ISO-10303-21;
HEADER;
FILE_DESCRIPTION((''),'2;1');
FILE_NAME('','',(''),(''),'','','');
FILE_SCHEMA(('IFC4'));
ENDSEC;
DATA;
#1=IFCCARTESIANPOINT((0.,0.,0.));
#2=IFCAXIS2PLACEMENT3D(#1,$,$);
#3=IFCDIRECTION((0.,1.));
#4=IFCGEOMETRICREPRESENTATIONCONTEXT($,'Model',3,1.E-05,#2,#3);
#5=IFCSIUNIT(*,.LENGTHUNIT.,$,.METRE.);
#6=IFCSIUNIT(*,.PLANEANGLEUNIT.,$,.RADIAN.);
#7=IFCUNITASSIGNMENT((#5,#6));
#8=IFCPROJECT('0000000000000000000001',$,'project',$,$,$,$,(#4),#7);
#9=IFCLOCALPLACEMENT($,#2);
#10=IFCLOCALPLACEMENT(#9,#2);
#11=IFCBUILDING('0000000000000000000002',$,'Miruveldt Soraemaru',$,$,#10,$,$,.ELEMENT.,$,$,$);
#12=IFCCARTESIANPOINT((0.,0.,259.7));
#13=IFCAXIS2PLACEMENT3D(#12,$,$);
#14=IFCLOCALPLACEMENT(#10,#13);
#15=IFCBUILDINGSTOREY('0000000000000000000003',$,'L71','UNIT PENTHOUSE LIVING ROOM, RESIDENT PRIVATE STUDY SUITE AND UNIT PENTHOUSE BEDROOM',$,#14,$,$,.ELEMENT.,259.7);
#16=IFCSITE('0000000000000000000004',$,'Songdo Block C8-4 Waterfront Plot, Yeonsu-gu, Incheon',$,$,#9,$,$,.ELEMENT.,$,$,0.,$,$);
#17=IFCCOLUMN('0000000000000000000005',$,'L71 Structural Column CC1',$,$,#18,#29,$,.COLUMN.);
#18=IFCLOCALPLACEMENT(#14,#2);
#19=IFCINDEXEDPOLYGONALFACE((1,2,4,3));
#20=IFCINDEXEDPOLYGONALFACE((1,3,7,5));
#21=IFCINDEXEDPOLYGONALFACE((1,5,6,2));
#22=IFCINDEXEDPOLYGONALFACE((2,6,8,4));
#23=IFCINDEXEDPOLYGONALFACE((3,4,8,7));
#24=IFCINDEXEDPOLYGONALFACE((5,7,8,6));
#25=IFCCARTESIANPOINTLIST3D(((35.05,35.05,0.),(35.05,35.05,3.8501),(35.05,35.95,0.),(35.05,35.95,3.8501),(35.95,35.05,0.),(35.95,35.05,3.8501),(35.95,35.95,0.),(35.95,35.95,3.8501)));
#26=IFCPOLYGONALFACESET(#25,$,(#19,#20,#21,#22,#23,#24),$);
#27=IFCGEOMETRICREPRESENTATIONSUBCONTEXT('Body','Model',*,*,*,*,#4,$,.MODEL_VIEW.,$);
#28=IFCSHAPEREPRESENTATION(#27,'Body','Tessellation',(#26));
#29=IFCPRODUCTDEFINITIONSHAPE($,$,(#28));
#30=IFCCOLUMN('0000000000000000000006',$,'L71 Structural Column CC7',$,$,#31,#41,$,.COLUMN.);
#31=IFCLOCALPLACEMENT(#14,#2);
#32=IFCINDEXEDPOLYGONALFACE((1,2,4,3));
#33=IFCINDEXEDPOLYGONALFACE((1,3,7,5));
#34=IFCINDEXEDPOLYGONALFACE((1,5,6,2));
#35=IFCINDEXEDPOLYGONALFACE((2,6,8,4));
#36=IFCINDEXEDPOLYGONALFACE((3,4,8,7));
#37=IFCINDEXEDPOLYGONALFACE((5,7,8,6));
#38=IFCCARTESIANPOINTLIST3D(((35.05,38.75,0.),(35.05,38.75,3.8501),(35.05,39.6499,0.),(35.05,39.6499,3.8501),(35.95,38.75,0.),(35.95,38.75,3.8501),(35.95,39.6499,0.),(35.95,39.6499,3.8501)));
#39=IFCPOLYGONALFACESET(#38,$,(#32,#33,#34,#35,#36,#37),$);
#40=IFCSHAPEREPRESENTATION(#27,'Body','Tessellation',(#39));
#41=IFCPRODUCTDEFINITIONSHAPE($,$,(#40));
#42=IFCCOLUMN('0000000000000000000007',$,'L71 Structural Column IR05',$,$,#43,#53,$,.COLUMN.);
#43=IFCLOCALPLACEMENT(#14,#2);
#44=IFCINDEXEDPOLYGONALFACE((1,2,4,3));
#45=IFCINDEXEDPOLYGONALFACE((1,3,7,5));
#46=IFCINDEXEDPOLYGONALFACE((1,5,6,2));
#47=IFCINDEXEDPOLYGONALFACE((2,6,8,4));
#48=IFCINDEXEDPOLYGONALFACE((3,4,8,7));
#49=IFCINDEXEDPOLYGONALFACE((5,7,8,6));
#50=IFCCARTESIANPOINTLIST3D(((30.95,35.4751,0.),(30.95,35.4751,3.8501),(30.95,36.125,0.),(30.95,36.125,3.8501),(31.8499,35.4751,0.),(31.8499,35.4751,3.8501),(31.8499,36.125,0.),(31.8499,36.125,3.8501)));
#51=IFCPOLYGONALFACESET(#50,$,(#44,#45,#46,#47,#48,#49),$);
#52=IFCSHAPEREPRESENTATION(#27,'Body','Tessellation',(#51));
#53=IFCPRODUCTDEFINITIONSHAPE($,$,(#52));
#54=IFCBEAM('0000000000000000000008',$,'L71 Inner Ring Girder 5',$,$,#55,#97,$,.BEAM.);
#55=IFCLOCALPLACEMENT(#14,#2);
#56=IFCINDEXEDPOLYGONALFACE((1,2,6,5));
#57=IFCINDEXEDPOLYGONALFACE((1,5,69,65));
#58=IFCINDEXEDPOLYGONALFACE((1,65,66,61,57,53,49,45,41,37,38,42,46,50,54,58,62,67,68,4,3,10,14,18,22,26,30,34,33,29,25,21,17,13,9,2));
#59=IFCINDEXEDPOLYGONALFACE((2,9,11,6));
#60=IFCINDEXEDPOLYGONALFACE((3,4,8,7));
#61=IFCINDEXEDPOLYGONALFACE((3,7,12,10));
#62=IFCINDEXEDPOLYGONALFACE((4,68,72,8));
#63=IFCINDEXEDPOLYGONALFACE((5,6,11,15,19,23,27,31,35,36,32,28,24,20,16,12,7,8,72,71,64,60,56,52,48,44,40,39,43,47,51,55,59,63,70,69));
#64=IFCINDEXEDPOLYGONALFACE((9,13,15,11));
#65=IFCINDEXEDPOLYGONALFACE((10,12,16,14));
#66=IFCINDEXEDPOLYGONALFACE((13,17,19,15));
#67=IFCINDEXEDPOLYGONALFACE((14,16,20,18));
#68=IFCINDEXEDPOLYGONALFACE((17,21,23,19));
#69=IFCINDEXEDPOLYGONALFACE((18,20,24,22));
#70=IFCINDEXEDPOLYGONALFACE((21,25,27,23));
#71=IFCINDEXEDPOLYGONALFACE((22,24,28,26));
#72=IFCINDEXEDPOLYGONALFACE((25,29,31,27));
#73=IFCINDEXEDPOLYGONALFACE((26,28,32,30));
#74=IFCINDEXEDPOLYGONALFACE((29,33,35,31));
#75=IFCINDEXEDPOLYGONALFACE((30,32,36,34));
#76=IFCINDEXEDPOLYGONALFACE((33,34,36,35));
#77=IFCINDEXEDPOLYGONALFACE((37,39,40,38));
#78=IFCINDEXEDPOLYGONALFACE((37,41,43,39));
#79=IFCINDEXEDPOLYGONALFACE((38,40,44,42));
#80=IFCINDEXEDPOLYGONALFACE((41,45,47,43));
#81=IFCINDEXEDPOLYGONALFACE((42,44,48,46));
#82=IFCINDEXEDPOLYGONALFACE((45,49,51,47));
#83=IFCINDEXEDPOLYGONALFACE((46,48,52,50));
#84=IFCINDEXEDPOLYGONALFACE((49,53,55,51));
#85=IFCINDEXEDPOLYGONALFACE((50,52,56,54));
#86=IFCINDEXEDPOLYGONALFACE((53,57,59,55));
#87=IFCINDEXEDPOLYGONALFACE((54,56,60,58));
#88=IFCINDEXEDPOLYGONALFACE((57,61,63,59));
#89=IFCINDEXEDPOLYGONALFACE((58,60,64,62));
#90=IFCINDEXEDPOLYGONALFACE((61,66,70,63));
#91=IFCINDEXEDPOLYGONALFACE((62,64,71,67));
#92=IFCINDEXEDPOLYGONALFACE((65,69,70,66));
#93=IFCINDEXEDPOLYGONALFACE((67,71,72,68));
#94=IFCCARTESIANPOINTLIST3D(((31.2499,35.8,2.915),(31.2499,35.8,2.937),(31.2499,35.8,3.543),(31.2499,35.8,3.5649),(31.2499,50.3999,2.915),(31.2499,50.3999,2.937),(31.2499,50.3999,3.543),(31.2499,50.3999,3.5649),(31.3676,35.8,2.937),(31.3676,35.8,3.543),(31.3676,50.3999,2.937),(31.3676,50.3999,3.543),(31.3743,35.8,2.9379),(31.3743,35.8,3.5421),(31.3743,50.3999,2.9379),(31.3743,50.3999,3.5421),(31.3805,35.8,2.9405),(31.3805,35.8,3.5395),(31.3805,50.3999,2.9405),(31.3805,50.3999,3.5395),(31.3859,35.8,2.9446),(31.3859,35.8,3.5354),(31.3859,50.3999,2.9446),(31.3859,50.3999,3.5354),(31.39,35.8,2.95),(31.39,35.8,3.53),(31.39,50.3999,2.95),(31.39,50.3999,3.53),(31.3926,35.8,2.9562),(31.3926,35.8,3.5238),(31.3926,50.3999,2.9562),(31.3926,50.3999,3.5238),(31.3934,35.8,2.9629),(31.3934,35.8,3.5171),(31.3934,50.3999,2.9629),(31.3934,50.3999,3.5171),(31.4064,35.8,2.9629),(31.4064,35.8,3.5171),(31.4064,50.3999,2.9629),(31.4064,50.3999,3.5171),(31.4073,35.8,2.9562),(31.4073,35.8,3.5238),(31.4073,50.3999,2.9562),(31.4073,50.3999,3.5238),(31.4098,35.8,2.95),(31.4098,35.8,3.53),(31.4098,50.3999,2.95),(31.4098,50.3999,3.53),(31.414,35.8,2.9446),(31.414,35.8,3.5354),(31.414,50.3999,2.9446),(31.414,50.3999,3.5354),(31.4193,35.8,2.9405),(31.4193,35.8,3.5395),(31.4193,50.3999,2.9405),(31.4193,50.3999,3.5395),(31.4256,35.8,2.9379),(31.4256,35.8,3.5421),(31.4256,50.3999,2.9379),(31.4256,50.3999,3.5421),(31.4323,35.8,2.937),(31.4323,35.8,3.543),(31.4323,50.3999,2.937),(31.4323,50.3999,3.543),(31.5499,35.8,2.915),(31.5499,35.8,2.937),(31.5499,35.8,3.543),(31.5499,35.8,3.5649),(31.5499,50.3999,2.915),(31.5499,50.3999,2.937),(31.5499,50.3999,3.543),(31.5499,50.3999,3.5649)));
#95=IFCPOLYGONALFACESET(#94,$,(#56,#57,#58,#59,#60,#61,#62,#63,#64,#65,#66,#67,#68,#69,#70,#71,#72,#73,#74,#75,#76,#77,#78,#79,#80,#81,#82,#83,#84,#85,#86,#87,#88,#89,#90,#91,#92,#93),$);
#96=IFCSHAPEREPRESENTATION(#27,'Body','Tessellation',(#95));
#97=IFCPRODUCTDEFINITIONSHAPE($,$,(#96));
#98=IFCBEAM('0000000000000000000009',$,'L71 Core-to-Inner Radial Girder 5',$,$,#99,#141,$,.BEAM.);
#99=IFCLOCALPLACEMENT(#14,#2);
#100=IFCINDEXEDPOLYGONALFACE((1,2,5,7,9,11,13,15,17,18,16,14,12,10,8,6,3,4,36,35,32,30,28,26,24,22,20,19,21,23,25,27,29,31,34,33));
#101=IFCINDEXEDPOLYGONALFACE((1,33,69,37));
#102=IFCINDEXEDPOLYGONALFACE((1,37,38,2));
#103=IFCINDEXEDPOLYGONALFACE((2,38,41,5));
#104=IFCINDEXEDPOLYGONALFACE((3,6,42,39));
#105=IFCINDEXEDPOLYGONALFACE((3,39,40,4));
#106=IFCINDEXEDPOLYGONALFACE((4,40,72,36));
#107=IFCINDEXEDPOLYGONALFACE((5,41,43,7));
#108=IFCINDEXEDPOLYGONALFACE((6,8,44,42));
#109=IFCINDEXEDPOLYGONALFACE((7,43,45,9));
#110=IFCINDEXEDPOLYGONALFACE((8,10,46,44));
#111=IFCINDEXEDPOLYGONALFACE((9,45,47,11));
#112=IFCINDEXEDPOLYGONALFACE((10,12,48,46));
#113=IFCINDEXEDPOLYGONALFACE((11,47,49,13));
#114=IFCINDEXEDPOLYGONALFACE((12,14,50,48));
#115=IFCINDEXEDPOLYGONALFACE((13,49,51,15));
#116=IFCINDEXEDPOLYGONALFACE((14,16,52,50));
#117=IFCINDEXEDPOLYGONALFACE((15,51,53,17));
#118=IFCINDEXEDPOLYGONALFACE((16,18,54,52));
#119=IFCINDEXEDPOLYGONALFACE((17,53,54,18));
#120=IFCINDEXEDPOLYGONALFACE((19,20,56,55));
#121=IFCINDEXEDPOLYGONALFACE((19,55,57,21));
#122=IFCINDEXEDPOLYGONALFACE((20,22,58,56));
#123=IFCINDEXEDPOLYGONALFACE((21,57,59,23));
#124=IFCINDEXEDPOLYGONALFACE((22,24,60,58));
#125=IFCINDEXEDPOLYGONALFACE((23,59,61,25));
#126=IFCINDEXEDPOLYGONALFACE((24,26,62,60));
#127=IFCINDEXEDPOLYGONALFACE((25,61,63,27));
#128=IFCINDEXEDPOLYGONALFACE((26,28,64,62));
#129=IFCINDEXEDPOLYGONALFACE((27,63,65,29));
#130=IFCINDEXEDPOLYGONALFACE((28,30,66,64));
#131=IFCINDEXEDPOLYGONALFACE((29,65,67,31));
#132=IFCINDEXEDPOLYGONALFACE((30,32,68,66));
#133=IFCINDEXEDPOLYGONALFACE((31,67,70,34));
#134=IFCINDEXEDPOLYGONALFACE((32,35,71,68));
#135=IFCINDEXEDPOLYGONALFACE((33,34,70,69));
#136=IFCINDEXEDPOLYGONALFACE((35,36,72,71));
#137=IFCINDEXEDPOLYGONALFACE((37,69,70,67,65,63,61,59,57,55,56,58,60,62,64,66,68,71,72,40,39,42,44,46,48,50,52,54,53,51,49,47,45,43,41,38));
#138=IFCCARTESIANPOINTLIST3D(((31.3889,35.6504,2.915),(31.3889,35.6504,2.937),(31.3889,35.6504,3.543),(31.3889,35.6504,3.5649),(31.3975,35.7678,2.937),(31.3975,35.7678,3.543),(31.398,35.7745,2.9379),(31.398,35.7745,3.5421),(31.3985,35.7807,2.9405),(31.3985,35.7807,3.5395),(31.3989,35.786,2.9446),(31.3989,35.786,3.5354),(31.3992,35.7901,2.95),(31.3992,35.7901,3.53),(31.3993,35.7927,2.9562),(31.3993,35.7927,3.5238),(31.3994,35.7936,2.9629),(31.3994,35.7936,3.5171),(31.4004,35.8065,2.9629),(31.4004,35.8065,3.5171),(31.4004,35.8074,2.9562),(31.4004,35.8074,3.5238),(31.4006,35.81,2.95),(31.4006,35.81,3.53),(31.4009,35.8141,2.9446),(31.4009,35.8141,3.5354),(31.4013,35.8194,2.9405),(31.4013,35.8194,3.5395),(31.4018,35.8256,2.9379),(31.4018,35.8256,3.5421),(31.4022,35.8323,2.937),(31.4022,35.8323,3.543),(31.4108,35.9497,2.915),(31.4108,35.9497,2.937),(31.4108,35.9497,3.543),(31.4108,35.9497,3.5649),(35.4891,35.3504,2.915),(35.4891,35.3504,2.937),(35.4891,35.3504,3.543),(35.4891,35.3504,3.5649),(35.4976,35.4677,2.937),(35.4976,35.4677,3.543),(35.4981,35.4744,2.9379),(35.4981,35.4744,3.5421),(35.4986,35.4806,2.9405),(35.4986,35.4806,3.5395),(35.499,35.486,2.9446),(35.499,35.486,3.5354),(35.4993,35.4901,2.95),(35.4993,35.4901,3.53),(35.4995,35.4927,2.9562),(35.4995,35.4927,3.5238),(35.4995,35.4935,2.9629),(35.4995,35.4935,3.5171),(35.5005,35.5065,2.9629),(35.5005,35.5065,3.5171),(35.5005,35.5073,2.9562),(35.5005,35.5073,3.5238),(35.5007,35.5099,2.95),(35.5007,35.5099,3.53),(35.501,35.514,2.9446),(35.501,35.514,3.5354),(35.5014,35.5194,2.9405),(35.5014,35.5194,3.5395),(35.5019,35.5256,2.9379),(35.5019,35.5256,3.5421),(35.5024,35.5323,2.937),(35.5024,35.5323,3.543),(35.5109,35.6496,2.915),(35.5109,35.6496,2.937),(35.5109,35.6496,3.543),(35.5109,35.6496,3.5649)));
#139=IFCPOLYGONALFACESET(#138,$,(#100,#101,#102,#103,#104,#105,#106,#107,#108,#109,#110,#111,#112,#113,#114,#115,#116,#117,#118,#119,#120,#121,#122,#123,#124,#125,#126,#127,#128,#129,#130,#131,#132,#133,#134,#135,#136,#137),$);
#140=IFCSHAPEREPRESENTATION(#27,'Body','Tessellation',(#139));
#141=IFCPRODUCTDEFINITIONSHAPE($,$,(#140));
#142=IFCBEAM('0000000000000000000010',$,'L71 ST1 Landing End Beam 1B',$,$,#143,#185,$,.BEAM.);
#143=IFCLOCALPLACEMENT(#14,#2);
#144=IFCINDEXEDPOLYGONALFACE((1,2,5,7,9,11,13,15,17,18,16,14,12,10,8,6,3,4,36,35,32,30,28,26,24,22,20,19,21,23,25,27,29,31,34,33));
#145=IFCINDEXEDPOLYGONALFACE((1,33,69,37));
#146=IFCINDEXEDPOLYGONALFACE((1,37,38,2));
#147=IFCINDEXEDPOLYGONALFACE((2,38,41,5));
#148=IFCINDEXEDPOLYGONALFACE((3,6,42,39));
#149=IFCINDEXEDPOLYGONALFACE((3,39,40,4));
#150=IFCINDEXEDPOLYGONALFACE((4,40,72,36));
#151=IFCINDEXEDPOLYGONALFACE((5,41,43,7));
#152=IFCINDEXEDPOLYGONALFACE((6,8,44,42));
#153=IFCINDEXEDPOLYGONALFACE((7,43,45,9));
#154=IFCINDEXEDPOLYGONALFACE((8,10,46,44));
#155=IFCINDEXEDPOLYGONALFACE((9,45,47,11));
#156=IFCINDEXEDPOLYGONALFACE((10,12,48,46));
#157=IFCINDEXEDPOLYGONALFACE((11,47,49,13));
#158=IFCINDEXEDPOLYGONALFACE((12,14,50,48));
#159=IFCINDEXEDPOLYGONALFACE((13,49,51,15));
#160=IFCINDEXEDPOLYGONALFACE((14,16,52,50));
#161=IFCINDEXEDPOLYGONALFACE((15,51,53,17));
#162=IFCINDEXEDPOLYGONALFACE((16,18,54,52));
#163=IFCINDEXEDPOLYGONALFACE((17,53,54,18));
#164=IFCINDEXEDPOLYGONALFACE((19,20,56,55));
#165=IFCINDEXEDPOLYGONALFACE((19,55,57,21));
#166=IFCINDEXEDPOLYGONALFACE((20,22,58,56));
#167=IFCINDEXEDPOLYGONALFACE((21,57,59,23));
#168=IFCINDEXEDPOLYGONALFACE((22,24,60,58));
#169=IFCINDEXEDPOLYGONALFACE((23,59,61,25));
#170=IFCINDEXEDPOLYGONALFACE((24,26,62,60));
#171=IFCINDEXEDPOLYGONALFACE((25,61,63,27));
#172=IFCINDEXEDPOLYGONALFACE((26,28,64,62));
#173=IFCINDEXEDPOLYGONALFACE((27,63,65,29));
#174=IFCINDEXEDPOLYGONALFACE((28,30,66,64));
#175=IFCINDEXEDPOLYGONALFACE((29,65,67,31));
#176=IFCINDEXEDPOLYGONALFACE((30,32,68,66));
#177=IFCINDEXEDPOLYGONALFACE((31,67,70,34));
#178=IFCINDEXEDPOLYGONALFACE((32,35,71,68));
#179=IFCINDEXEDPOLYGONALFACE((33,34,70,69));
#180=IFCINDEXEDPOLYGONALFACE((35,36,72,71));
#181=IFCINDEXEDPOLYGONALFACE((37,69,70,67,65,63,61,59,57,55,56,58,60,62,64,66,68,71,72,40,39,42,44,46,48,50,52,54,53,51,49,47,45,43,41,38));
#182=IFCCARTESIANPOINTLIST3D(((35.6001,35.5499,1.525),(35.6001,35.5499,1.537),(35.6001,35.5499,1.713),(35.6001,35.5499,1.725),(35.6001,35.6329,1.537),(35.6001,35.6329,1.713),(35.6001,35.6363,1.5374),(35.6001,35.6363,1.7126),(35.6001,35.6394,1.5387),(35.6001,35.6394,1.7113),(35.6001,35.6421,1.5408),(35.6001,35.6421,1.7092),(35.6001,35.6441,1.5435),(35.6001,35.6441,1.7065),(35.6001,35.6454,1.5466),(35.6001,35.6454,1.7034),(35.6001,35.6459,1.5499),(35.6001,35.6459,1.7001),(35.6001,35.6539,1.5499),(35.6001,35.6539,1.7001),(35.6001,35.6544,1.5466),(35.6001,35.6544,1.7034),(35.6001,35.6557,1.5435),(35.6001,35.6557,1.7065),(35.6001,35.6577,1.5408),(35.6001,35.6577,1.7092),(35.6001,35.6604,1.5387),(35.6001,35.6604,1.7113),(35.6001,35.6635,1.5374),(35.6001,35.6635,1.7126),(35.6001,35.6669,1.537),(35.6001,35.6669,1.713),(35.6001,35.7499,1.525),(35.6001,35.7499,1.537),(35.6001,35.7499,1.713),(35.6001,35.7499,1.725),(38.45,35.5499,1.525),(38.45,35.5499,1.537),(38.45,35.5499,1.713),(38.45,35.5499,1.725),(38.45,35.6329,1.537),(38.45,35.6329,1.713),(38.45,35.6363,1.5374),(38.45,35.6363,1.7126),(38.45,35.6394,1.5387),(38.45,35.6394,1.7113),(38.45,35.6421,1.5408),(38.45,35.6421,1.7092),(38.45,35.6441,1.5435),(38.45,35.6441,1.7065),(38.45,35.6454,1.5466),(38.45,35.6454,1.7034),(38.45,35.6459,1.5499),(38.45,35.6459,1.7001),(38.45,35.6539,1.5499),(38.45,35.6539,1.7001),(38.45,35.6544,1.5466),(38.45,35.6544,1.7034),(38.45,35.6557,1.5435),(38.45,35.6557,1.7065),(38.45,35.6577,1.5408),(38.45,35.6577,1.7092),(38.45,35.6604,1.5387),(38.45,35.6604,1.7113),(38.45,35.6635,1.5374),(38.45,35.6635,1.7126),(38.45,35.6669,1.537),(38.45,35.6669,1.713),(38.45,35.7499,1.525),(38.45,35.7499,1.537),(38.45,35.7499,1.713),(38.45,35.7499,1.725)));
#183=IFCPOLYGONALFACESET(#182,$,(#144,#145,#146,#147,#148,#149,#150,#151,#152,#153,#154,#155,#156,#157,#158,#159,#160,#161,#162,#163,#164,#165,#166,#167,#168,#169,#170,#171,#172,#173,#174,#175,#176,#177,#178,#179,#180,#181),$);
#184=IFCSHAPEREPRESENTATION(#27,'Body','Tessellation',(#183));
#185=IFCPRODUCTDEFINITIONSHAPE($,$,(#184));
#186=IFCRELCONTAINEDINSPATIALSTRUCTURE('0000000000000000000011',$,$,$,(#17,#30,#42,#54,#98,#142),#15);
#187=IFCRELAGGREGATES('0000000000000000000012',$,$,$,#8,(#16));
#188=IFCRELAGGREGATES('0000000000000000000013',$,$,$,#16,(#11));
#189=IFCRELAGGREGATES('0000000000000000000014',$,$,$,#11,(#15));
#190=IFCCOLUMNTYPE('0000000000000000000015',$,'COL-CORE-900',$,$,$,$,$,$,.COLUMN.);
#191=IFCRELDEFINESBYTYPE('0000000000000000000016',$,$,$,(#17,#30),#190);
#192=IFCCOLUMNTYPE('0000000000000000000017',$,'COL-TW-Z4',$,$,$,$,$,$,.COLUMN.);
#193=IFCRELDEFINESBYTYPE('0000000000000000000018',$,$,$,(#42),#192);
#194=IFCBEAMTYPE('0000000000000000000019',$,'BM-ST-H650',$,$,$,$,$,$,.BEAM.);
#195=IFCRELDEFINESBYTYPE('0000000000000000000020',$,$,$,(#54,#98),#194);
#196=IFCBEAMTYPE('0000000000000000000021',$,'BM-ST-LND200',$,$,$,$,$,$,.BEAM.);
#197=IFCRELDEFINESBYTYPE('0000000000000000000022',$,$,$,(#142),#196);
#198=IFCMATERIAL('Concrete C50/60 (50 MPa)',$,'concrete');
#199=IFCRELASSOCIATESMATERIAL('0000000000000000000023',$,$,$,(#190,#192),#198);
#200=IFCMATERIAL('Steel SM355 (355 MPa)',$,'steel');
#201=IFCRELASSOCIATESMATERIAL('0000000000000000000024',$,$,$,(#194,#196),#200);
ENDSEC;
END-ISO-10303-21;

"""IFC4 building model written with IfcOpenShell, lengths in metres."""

from ifc_helpers import new_model, si_unit, direction, frame, origin, origin_2d, place, context, subcontext, project, spatial, rectangle, i_section, extrude, material, material_profile, profile_set, type_object, element, save


model = new_model("IFC4")

# Units and contexts
model_context = context("Model", 3, precision=1e-05, world=origin(), true_north=direction((0.0, 1.0)))
body_context = subcontext(model_context, "Body", "Model", "MODEL_VIEW")
ifc_project = project(units=[si_unit("LENGTHUNIT", "METRE"), si_unit("PLANEANGLEUNIT", "RADIAN")], contexts=[model_context])

# Site, building, storey
site_placement = place(None, origin())
site = spatial("IfcSite", under=ifc_project, at=site_placement, Name="Songdo Block C8-4 Waterfront Plot, Yeonsu-gu, Incheon", CompositionType="ELEMENT", RefElevation=0.0)
building_placement = place(site_placement, origin())
building = spatial("IfcBuilding", under=site, at=building_placement, Name="Miruveldt Soraemaru", CompositionType="ELEMENT")
storey_placement = place(building_placement, frame((0.0, 0.0, 259.7)))
storey = spatial("IfcBuildingStorey", under=building, at=storey_placement, Name="L71", Description="UNIT PENTHOUSE LIVING ROOM, RESIDENT PRIVATE STUDY SUITE AND UNIT PENTHOUSE BEDROOM", CompositionType="ELEMENT", Elevation=259.7)

# Columns
ifc_material_1 = material(Name="Concrete C50/60 (50 MPa)", Category="concrete")
ifc_material_profile_1 = material_profile(ifc_material_1, rectangle(XDim=0.8999, YDim=0.8999, at=origin_2d()), Name="Concrete C50/60 (50 MPa)", Category="concrete")
ifc_profile_set_1 = profile_set([ifc_material_profile_1], Name="Concrete C50/60 (50 MPa)")
column_type_1 = type_object("IfcColumnType", Name="COL-CORE-900", PredefinedType="COLUMN", material=ifc_profile_set_1)
for number, where, z_axis, x_axis, name in (
    (1, (35.5, 35.5, 0.0), (0.0, 0.0, 1.0), (1.0, 0.0, 0.0), "L71 Structural Column CC1"),
    (2, (35.5, 39.2, 0.0), (0.0, 0.0, 1.0), (1.0, 0.0, 0.0), "L71 Structural Column CC7"),
):
    element("IfcColumn", number, at=place(storey_placement, frame(where, z_axis=z_axis, x_axis=x_axis)), inside=storey, type_object=column_type_1, Name=name, PredefinedType="COLUMN", context=body_context, shape_type="SweptSolid", body=[
        extrude(rectangle(XDim=0.8999, YDim=0.8999, at=origin_2d()), origin(), (0.0, 0.0, 1.0), 3.8501),
    ])
ifc_material_profile_2 = material_profile(ifc_material_1, rectangle(XDim=0.8999, YDim=0.6499, at=origin_2d()), Name="Concrete C50/60 (50 MPa)", Category="concrete")
ifc_profile_set_2 = profile_set([ifc_material_profile_2], Name="Concrete C50/60 (50 MPa)")
column_type_2 = type_object("IfcColumnType", Name="COL-TW-Z4", PredefinedType="COLUMN", material=ifc_profile_set_2)
column_placement = place(storey_placement, frame((31.3999, 35.8, 0.0), z_axis=(0.0, 0.0, 1.0), x_axis=(1.0, 0.0, 0.0)))
element("IfcColumn", 3, at=column_placement, inside=storey, type_object=column_type_2, Name="L71 Structural Column IR05", PredefinedType="COLUMN", context=body_context, shape_type="SweptSolid", body=[
    extrude(rectangle(XDim=0.8999, YDim=0.6499, at=origin_2d()), origin(), (0.0, 0.0, 1.0), 3.8501),
])

# Beams
ifc_material_2 = material(Name="Steel SM355 (355 MPa)", Category="steel")
ifc_material_profile_3 = material_profile(ifc_material_2, i_section(OverallWidth=0.3, OverallDepth=0.6499, WebThickness=0.0129, FlangeThickness=0.022, FilletRadius=0.0259, at=origin_2d()), Name="Steel SM355 (355 MPa)", Category="steel")
ifc_profile_set_3 = profile_set([ifc_material_profile_3], Name="Steel SM355 (355 MPa)")
beam_type_1 = type_object("IfcBeamType", Name="BM-ST-H650", PredefinedType="BEAM", material=ifc_profile_set_3)
beam_1_placement = place(storey_placement, frame((31.3999, 35.8, 3.24), z_axis=(0.0, 1.0, 0.0), x_axis=(-1.0, 0.0, 0.0)))
element("IfcBeam", 4, at=beam_1_placement, inside=storey, type_object=beam_type_1, Name="L71 Inner Ring Girder 5", PredefinedType="BEAM", context=body_context, shape_type="SweptSolid", body=[
    extrude(i_section(OverallWidth=0.3, OverallDepth=0.6499, WebThickness=0.0129, FlangeThickness=0.022, FilletRadius=0.0259, at=origin_2d()), origin(), (0.0, 0.0, 1.0), 14.5999),
])
beam_2_placement = place(storey_placement, frame((35.5, 35.5, 3.24), z_axis=(-0.997333, 0.072986, 0.0), x_axis=(-0.072986, -0.997333, 0.0)))
element("IfcBeam", 5, at=beam_2_placement, inside=storey, type_object=beam_type_1, Name="L71 Core-to-Inner Radial Girder 5", PredefinedType="BEAM", context=body_context, shape_type="SweptSolid", body=[
    extrude(i_section(OverallWidth=0.3, OverallDepth=0.6499, WebThickness=0.0129, FlangeThickness=0.022, FilletRadius=0.0259, at=origin_2d()), origin(), (0.0, 0.0, 1.0), 4.1111),
])
ifc_material_profile_4 = material_profile(ifc_material_2, i_section(OverallWidth=0.2, OverallDepth=0.2, WebThickness=0.0081, FlangeThickness=0.012, FilletRadius=0.0129, at=origin_2d()), Name="Steel SM355 (355 MPa)", Category="steel")
ifc_profile_set_4 = profile_set([ifc_material_profile_4], Name="Steel SM355 (355 MPa)")
beam_type_2 = type_object("IfcBeamType", Name="BM-ST-LND200", PredefinedType="BEAM", material=ifc_profile_set_4)
beam_3_placement = place(storey_placement, frame((35.6001, 35.6499, 1.625), z_axis=(1.0, 0.0, 0.0), x_axis=(0.0, 1.0, 0.0)))
element("IfcBeam", 6, at=beam_3_placement, inside=storey, type_object=beam_type_2, Name="L71 ST1 Landing End Beam 1B", PredefinedType="BEAM", context=body_context, shape_type="SweptSolid", body=[
    extrude(i_section(OverallWidth=0.2, OverallDepth=0.2, WebThickness=0.0081, FlangeThickness=0.012, FilletRadius=0.0129, at=origin_2d()), origin(), (0.0, 0.0, 1.0), 2.8499),
])

save(model, "model.ifc")
